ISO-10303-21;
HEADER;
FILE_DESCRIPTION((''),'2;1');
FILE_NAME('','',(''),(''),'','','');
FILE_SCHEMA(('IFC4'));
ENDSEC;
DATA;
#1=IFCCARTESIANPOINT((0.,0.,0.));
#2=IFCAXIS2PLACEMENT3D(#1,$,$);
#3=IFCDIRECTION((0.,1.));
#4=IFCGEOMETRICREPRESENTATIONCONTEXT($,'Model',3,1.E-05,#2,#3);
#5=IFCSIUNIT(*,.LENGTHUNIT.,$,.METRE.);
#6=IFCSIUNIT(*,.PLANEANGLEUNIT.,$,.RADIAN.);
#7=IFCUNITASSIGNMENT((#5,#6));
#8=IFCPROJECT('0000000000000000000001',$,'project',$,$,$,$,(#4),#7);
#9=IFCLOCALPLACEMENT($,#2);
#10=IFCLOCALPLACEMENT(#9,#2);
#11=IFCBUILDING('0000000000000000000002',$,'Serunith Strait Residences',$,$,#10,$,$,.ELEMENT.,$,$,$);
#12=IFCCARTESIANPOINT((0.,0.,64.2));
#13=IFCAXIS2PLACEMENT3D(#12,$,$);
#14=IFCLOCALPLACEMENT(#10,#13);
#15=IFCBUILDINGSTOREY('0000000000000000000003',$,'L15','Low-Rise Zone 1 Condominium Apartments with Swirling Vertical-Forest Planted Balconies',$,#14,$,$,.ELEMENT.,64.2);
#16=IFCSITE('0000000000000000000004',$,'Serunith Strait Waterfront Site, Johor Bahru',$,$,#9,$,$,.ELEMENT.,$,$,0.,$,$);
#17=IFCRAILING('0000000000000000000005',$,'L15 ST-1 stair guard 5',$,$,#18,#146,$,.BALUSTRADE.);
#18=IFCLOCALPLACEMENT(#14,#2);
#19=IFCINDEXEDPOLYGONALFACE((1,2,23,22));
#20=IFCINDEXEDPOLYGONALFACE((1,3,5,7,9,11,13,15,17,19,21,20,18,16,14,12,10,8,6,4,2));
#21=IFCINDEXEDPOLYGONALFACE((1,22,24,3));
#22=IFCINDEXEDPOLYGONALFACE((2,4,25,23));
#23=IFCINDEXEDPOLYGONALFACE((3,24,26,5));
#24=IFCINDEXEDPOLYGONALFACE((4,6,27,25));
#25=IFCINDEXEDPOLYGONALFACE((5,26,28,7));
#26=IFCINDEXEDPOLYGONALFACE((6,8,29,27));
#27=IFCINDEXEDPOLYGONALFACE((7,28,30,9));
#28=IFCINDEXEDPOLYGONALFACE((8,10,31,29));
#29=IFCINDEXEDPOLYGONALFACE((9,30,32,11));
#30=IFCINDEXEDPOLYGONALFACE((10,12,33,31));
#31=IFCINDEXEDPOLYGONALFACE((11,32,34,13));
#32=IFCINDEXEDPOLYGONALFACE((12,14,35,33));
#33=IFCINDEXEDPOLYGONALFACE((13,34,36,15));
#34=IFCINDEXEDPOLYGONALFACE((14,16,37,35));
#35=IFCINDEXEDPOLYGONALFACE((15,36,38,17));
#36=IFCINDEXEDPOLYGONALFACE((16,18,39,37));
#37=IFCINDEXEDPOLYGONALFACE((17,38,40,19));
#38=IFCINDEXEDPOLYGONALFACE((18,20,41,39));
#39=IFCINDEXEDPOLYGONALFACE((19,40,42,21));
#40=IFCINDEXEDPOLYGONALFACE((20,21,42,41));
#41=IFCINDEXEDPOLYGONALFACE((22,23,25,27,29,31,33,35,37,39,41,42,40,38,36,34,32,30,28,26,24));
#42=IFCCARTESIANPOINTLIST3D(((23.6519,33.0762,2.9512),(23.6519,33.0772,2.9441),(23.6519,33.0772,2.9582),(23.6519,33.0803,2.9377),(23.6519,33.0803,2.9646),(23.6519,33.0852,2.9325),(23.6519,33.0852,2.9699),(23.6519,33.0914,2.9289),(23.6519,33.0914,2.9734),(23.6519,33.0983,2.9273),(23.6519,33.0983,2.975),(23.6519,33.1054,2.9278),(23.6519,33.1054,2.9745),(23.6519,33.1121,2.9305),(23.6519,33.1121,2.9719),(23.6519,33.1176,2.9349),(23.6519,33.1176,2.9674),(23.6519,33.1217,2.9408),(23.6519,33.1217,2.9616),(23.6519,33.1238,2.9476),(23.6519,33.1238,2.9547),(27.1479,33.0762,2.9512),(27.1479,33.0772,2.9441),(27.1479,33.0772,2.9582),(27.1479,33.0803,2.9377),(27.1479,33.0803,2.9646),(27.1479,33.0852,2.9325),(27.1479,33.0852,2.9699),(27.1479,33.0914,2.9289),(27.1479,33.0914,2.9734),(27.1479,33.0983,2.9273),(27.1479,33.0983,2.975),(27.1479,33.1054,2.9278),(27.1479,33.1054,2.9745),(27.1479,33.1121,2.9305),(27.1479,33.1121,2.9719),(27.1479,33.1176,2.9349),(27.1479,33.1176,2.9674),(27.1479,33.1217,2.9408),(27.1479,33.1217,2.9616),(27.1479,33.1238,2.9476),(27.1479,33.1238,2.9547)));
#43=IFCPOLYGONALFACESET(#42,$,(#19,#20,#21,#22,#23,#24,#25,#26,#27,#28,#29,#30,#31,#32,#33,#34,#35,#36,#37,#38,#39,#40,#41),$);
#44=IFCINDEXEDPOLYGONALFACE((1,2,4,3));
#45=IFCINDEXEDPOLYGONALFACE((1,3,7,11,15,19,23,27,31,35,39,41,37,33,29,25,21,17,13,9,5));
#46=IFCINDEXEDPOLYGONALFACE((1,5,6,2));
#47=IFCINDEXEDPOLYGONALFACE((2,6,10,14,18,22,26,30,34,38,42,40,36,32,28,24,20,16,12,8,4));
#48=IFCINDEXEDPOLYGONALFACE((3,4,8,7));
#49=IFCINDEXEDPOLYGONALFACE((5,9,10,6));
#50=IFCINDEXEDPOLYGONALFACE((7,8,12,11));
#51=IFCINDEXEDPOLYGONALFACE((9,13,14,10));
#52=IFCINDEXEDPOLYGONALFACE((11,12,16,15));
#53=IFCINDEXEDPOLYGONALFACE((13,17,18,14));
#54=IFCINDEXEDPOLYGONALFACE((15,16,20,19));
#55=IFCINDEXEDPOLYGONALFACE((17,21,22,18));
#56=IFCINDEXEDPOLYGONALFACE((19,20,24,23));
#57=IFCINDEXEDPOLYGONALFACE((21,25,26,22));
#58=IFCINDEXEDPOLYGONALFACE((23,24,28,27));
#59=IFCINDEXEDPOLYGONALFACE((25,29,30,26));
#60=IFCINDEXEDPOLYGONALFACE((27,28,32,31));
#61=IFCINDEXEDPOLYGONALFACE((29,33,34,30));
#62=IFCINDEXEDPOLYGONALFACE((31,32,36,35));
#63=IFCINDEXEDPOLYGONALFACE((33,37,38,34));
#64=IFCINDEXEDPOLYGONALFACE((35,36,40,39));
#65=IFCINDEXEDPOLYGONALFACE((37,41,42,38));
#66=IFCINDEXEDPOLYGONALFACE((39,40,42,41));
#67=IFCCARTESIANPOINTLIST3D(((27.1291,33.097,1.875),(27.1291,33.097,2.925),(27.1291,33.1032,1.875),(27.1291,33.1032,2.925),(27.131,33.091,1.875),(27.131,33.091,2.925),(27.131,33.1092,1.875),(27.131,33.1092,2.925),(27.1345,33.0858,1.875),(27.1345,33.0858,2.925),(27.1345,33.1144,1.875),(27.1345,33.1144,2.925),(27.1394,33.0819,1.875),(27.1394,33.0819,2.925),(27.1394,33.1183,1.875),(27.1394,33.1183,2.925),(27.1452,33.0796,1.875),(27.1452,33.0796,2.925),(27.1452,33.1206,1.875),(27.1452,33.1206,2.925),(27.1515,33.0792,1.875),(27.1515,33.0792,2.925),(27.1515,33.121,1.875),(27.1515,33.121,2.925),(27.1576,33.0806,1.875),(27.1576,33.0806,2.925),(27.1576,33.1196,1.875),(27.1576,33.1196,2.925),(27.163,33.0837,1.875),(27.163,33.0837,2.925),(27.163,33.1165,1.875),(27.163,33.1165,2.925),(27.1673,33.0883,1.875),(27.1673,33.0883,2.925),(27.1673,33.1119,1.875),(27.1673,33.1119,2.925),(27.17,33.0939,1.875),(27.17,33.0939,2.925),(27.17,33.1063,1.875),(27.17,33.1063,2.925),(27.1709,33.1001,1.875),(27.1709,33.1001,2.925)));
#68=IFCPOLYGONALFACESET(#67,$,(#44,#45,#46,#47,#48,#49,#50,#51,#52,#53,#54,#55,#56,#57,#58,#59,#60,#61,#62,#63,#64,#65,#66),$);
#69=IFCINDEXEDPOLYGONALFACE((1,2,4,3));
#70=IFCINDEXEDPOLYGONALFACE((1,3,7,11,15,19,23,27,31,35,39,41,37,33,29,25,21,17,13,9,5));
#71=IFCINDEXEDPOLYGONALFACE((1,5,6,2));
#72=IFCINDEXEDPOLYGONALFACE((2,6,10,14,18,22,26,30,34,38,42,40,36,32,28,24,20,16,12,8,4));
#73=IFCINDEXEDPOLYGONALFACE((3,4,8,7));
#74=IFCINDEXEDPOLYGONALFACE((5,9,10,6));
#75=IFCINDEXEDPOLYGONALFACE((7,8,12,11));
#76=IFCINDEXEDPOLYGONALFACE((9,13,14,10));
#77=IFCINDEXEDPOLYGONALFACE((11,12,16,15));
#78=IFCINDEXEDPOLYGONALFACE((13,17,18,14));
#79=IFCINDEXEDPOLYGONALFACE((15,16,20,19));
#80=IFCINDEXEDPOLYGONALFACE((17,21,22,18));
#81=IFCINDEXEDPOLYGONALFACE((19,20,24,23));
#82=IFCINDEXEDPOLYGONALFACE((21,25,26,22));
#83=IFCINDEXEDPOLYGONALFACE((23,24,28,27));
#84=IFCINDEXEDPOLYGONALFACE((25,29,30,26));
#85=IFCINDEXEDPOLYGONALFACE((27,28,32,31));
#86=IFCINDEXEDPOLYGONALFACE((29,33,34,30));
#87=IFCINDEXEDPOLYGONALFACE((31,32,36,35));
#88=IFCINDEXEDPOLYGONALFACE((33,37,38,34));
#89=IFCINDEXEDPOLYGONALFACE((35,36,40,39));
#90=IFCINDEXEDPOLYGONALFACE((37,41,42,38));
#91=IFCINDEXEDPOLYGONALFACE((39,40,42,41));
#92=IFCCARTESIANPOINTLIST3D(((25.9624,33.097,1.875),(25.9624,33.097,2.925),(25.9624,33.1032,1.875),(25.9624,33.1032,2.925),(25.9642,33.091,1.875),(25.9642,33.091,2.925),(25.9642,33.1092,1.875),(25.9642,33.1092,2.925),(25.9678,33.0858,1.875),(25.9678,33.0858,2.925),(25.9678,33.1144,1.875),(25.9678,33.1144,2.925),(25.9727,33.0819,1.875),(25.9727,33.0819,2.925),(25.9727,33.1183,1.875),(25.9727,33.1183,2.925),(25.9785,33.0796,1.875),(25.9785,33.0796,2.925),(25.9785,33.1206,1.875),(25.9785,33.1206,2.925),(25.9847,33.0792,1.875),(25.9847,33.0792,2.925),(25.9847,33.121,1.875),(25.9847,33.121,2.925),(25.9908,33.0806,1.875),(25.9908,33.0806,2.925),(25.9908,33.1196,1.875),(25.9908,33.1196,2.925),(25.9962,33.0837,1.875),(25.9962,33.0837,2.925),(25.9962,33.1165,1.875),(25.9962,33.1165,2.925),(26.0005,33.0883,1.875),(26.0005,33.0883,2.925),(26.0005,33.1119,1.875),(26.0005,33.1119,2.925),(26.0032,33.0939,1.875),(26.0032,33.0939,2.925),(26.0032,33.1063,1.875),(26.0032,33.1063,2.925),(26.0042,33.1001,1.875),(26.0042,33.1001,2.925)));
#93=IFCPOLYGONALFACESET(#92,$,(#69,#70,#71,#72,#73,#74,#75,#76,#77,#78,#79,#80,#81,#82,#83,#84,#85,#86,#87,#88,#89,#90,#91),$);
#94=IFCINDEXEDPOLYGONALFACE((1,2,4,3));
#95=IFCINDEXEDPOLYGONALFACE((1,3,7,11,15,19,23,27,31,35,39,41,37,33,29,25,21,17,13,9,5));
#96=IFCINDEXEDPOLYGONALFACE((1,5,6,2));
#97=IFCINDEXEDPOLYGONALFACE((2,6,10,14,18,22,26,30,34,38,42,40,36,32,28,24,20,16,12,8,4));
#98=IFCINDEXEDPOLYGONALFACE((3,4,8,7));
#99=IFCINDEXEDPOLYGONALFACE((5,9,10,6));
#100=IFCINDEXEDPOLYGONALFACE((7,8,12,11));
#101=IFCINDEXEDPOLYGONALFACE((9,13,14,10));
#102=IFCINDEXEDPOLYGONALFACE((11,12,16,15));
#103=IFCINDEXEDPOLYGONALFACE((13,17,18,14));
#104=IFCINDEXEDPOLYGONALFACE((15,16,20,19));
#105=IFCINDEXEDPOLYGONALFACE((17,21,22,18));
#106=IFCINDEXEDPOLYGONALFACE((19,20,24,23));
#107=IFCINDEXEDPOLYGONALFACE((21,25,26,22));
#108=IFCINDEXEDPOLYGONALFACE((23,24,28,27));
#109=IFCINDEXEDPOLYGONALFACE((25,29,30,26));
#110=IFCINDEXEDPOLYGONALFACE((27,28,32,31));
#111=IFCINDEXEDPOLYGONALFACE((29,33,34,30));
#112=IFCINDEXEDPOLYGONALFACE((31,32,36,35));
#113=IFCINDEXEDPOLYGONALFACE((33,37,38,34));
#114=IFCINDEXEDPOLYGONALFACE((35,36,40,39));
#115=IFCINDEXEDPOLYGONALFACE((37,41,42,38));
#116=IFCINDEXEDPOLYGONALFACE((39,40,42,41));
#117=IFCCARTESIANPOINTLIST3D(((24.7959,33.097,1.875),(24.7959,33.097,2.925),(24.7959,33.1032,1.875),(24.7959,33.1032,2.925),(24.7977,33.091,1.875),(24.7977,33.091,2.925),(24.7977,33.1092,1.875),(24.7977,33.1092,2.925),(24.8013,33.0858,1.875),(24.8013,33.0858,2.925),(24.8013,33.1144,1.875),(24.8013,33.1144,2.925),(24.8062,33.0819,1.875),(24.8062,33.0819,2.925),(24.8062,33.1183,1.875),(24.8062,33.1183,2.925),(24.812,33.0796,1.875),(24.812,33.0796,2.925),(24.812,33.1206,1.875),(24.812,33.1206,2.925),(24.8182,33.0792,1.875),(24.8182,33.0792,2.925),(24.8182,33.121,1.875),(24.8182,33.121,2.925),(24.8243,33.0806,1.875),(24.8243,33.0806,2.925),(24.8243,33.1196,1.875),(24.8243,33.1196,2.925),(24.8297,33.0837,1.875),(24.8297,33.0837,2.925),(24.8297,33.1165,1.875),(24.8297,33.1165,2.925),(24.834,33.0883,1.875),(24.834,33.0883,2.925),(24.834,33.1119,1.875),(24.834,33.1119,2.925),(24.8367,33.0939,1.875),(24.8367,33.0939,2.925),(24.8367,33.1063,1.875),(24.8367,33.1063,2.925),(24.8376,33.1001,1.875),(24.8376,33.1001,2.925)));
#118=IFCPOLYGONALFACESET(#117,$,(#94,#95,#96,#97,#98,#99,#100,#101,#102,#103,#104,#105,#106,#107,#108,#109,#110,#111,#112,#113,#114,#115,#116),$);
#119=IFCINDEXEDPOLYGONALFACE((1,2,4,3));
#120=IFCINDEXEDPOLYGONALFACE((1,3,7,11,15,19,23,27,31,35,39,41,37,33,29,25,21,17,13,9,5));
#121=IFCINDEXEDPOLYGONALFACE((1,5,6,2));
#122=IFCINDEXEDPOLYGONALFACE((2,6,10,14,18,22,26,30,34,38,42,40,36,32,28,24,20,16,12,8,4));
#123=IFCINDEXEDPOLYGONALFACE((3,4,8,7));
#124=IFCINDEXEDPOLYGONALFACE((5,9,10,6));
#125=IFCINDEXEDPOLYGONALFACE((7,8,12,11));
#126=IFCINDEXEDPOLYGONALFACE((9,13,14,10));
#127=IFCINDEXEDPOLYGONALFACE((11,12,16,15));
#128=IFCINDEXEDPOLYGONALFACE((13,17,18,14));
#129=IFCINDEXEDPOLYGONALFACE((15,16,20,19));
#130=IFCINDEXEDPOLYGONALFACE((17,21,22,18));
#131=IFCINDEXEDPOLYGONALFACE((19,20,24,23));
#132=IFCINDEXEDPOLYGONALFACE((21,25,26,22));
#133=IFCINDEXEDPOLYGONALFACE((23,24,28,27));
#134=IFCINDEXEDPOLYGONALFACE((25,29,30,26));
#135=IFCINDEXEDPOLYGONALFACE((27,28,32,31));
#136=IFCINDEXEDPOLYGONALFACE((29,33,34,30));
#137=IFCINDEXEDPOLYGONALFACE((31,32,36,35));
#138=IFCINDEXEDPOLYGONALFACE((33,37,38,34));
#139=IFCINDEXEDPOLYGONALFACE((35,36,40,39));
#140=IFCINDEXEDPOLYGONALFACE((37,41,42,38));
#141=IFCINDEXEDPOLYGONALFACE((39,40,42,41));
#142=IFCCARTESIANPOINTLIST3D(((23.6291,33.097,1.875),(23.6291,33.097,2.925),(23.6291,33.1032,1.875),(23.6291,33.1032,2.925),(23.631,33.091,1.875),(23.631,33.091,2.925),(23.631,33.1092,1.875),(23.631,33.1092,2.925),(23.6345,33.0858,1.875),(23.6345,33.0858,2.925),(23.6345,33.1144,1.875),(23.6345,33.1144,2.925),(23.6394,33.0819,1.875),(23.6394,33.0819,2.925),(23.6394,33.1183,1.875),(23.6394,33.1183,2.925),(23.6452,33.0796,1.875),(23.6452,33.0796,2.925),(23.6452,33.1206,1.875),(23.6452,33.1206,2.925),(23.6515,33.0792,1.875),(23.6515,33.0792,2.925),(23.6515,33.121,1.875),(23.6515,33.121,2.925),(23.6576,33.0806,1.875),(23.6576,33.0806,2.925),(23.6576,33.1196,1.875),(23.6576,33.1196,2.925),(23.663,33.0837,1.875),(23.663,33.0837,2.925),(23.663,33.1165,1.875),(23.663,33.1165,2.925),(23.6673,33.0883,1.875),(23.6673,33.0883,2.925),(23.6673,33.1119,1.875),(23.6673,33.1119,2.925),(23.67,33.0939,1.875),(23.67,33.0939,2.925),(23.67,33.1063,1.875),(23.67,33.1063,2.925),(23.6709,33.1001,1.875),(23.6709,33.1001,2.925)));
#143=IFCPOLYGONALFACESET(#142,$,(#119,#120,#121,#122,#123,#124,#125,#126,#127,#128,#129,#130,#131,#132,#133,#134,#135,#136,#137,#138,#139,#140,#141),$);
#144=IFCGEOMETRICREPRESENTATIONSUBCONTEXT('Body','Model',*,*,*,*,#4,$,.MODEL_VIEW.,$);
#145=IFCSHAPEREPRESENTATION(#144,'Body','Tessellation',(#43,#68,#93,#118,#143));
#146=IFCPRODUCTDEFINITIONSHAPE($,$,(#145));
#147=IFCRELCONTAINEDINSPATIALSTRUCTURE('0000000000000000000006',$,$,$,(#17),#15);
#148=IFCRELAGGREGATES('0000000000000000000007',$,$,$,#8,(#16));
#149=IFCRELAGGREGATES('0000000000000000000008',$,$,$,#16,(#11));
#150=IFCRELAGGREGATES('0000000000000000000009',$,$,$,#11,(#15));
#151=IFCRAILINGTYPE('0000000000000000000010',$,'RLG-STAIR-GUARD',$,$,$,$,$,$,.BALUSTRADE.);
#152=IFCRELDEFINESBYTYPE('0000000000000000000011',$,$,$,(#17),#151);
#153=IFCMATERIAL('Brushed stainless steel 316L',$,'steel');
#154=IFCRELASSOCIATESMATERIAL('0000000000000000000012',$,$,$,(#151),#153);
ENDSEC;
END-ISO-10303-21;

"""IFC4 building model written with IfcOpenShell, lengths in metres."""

from ifc_helpers import new_model, si_unit, direction, frame, origin, origin_2d, place, context, subcontext, project, spatial, circle, extrude, material, type_object, element, save


model = new_model("IFC4")

# Units and contexts
model_context = context("Model", 3, precision=1e-05, world=origin(), true_north=direction((0.0, 1.0)))
body_context = subcontext(model_context, "Body", "Model", "MODEL_VIEW")
ifc_project = project(units=[si_unit("LENGTHUNIT", "METRE"), si_unit("PLANEANGLEUNIT", "RADIAN")], contexts=[model_context])

# Site, building, storey
site_placement = place(None, origin())
site = spatial("IfcSite", under=ifc_project, at=site_placement, Name="Serunith Strait Waterfront Site, Johor Bahru", CompositionType="ELEMENT", RefElevation=0.0)
building_placement = place(site_placement, origin())
building = spatial("IfcBuilding", under=site, at=building_placement, Name="Serunith Strait Residences", CompositionType="ELEMENT")
storey_placement = place(building_placement, frame((0.0, 0.0, 64.2)))
storey = spatial("IfcBuildingStorey", under=building, at=storey_placement, Name="L15", Description="Low-Rise Zone 1 Condominium Apartments with Swirling Vertical-Forest Planted Balconies", CompositionType="ELEMENT", Elevation=64.2)

# Railing
ifc_material_1 = material(Name="Brushed stainless steel 316L", Category="steel")
railing_type_1 = type_object("IfcRailingType", Name="RLG-STAIR-GUARD", PredefinedType="BALUSTRADE", material=ifc_material_1)
railing_1_placement = place(storey_placement, frame((27.1499, 33.1001, 1.875)))
element("IfcRailing", 1, at=railing_1_placement, inside=storey, type_object=railing_type_1, Name="L15 ST-1 stair guard 5", PredefinedType="BALUSTRADE", context=body_context, shape_type="SweptSolid", body=[
    extrude(circle(Radius=0.0239, at=origin_2d()), frame((-0.002, 0.0, 1.0762), z_axis=(-1.0, 0.0, 0.0), x_axis=(0.0, -1.0, 0.0)), (0.0, 0.0, 1.0), 3.4961),
    extrude(circle(Radius=0.021, at=origin_2d()), origin(), (0.0, 0.0, 1.0), 1.05),
    extrude(circle(Radius=0.021, at=origin_2d()), frame((-1.1667, 0.0, 0.0)), (0.0, 0.0, 1.0), 1.05),
    extrude(circle(Radius=0.021, at=origin_2d()), frame((-2.3333, 0.0, 0.0)), (0.0, 0.0, 1.0), 1.05),
    extrude(circle(Radius=0.021, at=origin_2d()), frame((-3.5, 0.0, 0.0)), (0.0, 0.0, 1.0), 1.05),
])

save(model, "model.ifc")
